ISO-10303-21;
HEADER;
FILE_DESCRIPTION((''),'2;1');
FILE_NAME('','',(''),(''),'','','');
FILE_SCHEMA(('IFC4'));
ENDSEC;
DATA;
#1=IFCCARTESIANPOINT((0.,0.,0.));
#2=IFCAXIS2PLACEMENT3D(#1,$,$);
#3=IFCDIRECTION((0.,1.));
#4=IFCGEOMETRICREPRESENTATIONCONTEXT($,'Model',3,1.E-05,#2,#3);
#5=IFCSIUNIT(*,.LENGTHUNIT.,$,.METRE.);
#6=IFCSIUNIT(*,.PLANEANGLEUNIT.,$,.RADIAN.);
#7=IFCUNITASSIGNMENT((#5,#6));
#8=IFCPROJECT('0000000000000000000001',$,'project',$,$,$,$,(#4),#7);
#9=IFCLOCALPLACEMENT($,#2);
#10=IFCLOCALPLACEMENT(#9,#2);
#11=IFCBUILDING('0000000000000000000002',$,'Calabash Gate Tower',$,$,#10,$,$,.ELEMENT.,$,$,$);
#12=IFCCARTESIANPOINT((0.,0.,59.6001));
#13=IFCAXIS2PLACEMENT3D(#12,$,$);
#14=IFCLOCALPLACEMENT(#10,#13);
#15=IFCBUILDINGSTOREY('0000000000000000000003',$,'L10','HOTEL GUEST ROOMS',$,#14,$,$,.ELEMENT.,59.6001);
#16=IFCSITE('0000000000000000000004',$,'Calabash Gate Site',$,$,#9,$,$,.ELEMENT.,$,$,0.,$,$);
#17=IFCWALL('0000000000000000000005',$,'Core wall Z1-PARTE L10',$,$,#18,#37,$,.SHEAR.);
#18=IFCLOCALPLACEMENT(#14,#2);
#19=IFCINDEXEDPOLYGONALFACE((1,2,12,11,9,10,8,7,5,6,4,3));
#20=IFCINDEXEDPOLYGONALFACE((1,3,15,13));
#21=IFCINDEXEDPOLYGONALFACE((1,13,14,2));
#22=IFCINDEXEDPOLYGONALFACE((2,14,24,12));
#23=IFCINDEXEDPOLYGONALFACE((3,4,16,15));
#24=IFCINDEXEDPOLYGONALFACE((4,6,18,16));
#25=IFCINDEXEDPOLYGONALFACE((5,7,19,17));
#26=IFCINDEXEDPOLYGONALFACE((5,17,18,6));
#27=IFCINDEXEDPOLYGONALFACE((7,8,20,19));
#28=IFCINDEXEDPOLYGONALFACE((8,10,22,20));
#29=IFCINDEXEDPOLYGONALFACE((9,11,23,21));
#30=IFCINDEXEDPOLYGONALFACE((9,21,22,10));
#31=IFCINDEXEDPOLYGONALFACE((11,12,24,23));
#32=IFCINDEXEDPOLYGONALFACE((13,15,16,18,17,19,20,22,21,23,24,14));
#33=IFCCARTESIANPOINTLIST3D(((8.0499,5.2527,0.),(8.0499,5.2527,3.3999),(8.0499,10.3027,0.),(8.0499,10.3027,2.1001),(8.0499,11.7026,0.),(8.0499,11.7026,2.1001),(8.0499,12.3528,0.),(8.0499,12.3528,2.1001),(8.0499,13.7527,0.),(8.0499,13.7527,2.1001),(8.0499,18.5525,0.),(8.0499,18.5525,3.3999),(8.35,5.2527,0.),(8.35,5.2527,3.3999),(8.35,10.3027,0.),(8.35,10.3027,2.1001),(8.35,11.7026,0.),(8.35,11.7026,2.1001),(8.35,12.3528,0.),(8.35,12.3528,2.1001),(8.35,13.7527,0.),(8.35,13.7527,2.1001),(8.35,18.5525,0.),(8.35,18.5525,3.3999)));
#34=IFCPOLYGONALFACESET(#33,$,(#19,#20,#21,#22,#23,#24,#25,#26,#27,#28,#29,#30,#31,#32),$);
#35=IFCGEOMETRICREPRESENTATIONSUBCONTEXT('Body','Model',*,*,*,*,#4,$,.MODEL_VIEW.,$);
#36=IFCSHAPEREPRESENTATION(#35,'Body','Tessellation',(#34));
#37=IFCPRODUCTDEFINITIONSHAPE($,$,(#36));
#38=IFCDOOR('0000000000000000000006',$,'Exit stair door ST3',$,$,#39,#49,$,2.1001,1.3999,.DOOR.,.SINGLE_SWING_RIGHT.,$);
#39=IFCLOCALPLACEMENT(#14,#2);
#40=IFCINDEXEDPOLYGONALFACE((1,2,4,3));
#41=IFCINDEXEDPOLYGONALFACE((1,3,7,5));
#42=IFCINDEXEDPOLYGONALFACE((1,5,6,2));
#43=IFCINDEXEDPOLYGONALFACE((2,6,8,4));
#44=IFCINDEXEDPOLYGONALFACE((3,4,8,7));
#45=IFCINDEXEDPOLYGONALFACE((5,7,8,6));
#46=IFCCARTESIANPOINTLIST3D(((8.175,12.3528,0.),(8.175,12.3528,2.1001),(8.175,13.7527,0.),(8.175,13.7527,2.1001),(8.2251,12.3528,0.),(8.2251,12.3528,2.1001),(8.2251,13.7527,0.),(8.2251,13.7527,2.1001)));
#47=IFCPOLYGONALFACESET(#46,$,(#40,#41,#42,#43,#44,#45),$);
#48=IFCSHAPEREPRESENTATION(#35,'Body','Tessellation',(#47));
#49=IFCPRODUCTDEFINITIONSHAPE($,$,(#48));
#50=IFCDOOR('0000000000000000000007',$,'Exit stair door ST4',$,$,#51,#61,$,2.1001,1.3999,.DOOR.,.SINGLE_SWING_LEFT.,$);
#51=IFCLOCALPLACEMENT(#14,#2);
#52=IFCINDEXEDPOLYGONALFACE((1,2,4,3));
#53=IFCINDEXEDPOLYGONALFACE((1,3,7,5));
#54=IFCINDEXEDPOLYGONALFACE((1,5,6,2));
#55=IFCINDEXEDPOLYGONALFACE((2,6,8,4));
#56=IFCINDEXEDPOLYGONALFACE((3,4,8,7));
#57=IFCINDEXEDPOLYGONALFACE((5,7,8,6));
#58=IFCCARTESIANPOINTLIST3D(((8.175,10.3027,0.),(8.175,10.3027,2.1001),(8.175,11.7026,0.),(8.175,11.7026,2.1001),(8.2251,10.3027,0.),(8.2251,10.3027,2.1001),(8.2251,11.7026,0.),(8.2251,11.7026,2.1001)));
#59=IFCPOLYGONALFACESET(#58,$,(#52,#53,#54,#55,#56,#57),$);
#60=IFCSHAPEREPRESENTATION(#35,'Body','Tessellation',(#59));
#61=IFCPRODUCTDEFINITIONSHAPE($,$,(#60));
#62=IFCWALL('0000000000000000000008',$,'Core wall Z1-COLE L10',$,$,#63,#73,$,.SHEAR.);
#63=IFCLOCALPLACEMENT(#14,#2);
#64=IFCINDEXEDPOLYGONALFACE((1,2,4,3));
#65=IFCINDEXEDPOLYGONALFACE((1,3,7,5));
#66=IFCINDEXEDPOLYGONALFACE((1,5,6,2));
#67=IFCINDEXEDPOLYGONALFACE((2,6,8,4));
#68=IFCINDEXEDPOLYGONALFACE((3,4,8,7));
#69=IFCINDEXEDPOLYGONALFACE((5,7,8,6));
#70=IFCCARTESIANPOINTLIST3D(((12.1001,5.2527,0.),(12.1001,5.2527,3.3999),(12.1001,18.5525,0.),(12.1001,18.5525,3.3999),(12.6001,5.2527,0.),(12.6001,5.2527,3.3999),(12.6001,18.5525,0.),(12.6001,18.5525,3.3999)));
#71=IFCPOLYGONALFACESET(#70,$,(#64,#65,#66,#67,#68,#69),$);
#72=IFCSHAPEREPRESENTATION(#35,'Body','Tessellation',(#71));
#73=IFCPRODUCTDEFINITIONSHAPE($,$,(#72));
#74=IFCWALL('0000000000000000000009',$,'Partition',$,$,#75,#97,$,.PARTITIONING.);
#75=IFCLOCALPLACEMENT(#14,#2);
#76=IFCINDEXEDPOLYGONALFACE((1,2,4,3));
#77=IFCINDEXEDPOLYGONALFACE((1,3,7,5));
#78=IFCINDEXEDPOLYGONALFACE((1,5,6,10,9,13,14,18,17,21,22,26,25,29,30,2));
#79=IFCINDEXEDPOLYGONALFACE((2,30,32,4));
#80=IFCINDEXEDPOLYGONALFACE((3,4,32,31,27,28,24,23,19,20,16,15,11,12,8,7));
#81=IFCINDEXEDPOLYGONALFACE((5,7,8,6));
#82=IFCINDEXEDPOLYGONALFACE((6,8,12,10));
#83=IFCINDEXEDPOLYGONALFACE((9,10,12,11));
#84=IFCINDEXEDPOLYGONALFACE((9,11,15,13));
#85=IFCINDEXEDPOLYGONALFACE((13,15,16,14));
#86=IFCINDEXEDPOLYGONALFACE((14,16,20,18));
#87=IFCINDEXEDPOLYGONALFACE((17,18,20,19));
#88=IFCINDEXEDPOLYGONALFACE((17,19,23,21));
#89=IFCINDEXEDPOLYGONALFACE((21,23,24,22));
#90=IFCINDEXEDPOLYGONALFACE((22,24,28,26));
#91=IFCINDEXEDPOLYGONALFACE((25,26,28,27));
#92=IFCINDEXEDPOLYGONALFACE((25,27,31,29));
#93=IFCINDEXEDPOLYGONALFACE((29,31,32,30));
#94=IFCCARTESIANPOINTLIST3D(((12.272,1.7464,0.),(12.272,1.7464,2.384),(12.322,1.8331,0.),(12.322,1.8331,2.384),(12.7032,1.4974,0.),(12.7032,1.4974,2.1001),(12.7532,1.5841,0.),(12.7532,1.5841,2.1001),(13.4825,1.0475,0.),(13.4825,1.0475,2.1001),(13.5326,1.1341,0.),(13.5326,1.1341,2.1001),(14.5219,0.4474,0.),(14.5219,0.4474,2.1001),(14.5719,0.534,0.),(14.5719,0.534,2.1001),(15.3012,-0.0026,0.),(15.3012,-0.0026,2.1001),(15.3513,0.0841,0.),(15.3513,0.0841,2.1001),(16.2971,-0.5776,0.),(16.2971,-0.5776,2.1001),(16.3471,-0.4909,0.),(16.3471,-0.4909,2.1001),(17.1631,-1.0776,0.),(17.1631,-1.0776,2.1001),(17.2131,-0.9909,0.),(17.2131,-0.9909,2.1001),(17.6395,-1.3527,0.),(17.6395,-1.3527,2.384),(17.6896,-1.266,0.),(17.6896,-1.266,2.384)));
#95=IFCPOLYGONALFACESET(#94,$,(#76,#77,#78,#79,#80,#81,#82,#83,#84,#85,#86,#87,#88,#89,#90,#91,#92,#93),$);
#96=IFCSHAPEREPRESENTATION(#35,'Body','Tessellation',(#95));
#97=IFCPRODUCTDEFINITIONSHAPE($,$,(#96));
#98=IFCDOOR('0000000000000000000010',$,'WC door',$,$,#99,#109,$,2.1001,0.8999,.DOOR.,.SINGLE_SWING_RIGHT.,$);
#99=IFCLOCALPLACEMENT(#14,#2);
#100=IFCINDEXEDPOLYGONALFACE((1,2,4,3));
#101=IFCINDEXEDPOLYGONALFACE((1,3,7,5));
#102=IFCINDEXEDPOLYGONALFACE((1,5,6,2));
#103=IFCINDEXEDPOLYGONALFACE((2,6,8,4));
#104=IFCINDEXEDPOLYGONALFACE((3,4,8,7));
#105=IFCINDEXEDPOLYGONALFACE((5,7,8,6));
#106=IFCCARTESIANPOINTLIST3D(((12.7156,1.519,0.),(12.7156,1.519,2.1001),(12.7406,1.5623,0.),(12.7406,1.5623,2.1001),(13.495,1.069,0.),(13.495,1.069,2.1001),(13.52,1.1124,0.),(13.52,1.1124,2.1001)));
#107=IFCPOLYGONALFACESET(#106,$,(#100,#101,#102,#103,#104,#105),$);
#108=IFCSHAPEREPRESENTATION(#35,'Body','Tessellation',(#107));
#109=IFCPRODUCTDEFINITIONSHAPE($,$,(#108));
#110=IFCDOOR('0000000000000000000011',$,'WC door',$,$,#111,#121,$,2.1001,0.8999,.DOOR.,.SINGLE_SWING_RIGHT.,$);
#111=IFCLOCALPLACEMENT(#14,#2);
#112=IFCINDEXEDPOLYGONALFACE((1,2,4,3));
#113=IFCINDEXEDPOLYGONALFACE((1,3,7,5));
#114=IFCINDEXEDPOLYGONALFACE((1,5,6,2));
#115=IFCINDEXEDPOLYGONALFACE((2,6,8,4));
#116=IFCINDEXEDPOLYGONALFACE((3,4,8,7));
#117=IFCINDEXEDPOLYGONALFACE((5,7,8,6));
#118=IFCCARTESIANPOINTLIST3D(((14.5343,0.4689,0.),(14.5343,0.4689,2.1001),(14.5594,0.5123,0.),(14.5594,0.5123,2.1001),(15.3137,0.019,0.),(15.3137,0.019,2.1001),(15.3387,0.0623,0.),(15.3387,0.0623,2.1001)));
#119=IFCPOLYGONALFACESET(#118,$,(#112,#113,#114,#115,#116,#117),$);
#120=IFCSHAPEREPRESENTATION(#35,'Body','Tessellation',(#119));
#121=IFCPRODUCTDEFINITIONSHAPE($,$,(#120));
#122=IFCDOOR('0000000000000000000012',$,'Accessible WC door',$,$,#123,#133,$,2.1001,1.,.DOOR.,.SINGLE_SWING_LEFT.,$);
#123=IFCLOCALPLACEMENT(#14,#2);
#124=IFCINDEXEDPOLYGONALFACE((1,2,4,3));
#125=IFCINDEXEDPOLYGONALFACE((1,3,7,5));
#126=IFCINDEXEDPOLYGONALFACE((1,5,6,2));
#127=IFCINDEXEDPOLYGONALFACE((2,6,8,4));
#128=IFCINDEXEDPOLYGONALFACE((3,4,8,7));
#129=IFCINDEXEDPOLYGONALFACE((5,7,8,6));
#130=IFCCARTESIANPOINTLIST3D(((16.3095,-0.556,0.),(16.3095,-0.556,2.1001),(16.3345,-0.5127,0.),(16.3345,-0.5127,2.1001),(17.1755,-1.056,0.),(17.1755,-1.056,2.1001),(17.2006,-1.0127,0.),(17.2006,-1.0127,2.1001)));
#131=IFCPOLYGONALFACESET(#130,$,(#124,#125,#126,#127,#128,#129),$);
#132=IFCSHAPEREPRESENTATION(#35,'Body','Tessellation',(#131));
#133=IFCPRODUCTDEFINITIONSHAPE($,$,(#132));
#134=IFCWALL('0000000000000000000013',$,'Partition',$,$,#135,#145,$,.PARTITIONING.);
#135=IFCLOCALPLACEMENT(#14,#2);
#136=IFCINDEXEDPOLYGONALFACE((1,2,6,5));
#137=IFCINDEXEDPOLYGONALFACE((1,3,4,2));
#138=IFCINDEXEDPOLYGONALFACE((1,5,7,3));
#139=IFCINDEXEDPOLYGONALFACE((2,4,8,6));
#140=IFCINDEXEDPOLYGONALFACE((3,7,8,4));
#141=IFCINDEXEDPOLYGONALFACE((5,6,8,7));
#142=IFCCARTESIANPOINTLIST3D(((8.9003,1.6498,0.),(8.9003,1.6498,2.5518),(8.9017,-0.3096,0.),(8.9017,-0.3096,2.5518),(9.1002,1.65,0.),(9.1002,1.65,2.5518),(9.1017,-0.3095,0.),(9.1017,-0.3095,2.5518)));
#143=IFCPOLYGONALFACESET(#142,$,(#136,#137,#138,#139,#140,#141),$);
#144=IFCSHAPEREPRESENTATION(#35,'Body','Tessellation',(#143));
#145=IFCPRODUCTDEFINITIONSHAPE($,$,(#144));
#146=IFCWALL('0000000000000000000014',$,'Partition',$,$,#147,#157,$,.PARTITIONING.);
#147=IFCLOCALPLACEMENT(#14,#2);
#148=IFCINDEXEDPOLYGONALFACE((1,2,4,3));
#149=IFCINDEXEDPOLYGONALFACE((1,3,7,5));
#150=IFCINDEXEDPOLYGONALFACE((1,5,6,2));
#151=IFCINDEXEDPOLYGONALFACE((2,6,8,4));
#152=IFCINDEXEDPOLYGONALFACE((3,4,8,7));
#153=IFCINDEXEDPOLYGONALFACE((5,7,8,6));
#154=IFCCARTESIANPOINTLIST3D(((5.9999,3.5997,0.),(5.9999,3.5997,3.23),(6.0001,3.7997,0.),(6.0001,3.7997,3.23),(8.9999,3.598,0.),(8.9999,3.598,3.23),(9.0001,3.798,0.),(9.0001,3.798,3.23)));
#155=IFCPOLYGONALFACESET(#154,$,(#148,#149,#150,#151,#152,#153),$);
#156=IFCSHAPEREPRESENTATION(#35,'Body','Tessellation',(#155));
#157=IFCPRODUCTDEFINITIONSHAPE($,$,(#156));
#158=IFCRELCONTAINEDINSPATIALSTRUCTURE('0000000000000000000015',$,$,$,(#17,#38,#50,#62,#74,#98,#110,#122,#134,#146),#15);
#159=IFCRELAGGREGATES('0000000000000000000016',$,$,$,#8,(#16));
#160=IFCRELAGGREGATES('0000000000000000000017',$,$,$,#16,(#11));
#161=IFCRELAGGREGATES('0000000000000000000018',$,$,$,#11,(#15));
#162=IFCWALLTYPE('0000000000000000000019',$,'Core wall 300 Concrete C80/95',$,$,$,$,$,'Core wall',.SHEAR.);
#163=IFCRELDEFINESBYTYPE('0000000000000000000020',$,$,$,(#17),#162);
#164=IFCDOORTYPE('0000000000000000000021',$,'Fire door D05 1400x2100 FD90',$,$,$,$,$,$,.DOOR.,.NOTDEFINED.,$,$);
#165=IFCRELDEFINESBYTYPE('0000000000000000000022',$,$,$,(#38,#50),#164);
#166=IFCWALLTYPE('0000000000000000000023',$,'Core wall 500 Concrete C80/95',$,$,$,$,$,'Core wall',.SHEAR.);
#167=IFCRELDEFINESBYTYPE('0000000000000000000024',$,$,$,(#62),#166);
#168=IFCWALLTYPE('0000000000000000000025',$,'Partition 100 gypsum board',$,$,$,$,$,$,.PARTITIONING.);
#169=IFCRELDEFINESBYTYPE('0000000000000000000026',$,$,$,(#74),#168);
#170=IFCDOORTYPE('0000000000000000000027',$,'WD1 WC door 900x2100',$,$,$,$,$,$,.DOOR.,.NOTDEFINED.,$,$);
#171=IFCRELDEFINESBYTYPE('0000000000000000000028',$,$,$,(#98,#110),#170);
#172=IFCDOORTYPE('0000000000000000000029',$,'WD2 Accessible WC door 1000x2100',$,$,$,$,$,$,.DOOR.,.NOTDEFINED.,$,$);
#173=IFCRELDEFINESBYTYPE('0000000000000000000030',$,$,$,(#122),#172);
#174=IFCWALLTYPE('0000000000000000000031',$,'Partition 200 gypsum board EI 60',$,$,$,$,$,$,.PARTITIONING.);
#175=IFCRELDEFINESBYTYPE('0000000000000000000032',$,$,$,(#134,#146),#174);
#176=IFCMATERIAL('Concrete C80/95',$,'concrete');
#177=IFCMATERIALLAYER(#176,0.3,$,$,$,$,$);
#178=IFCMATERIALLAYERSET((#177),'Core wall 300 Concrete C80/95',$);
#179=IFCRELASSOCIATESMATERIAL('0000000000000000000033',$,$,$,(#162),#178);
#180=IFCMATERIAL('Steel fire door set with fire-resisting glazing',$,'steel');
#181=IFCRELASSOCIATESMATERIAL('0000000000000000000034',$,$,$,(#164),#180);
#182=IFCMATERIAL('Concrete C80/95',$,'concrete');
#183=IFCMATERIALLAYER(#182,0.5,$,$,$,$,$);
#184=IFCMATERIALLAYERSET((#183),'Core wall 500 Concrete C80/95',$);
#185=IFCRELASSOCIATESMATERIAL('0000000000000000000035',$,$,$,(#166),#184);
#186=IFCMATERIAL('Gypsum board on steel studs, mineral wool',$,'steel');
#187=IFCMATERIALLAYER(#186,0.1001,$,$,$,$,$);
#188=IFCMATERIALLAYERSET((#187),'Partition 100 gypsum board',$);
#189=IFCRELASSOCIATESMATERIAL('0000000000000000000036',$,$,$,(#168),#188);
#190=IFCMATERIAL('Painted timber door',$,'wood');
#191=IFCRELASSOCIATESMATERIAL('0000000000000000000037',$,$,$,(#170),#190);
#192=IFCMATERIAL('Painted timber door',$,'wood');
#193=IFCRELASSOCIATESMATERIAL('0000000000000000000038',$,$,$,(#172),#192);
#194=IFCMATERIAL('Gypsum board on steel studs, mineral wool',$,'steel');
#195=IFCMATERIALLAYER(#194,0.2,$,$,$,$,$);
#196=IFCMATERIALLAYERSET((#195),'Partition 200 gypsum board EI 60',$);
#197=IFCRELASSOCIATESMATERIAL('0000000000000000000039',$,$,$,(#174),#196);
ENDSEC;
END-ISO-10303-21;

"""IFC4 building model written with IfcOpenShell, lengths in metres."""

from ifc_helpers import new_model, si_unit, direction, frame, frame_2d, origin, place, context, subcontext, project, spatial, rectangle, extrude, material, layer, layer_set, type_object, element, fill, save


model = new_model("IFC4")

# Units and contexts
model_context = context("Model", 3, precision=1e-05, world=origin(), true_north=direction((0.0, 1.0)))
body_context = subcontext(model_context, "Body", "Model", "MODEL_VIEW")
ifc_project = project(units=[si_unit("LENGTHUNIT", "METRE"), si_unit("PLANEANGLEUNIT", "RADIAN")], contexts=[model_context])

# Site, building, storey
site_placement = place(None, origin())
site = spatial("IfcSite", under=ifc_project, at=site_placement, Name="Calabash Gate Site", CompositionType="ELEMENT", RefElevation=0.0)
building_placement = place(site_placement, origin())
building = spatial("IfcBuilding", under=site, at=building_placement, Name="Calabash Gate Tower", CompositionType="ELEMENT")
storey_placement = place(building_placement, frame((0.0, 0.0, 59.6001)))
storey = spatial("IfcBuildingStorey", under=building, at=storey_placement, Name="L10", Description="HOTEL GUEST ROOMS", CompositionType="ELEMENT", Elevation=59.6001)

# Wall, openings, doors
ifc_material_1 = material(Name="Concrete C80/95", Category="concrete")
ifc_layer_1 = layer(ifc_material_1, 0.3)
ifc_layer_set_1 = layer_set([ifc_layer_1], Name="Core wall 300 Concrete C80/95")
wall_type_1 = type_object("IfcWallType", Name="Core wall 300 Concrete C80/95", ElementType="Core wall", PredefinedType="SHEAR", material=ifc_layer_set_1)
wall_1_placement = place(storey_placement, frame((8.2, 5.2527, 0.0), z_axis=(0.0, 0.0, 1.0), x_axis=(0.0, 1.0, 0.0)))
wall_1 = element("IfcWall", 1, at=wall_1_placement, inside=storey, type_object=wall_type_1, Name="Core wall Z1-PARTE L10", PredefinedType="SHEAR", context=body_context, shape_type="SweptSolid", body=[
    extrude(rectangle(XDim=13.2998, YDim=0.3, at=frame_2d((6.6499, 0.0))), origin(), (0.0, 0.0, 1.0), 3.3999),
])
opening_1_placement = place(wall_1_placement, frame((7.1001, 0.0, 0.0)))
opening_1 = element("IfcOpeningElement", 2, at=opening_1_placement, cuts=wall_1, PredefinedType="OPENING", context=body_context, shape_type="SweptSolid", body=[
    extrude(rectangle(XDim=1.3999, YDim=2.1001, at=frame_2d((0.7, 1.05))), frame((0.0, 0.1599, 0.0), z_axis=(0.0, -1.0, 0.0), x_axis=(1.0, 0.0, 0.0)), (0.0, 0.0, 1.0), 0.3201),
])
opening_2_placement = place(wall_1_placement, frame((5.05, 0.0, 0.0)))
opening_2 = element("IfcOpeningElement", 3, at=opening_2_placement, cuts=wall_1, PredefinedType="OPENING", context=body_context, shape_type="SweptSolid", body=[
    extrude(rectangle(XDim=1.3999, YDim=2.1001, at=frame_2d((0.7, 1.05))), frame((0.0, 0.1599, 0.0), z_axis=(0.0, -1.0, 0.0), x_axis=(1.0, 0.0, 0.0)), (0.0, 0.0, 1.0), 0.3201),
])
ifc_material_2 = material(Name="Steel fire door set with fire-resisting glazing", Category="steel")
door_type_1 = type_object("IfcDoorType", Name="Fire door D05 1400x2100 FD90", OperationType="NOTDEFINED", PredefinedType="DOOR", material=ifc_material_2)
door_1_placement = place(opening_1_placement, origin())
door_1 = element("IfcDoor", 4, at=door_1_placement, inside=storey, type_object=door_type_1, Name="Exit stair door ST3", OperationType="SINGLE_SWING_RIGHT", OverallHeight=2.1001, OverallWidth=1.3999, PredefinedType="DOOR", context=body_context, shape_type="SweptSolid", body=[
    extrude(rectangle(XDim=1.3999, YDim=2.1001, at=frame_2d((0.7, 1.05))), frame((0.0, 0.0249, 0.0), z_axis=(0.0, -1.0, 0.0), x_axis=(1.0, 0.0, 0.0)), (0.0, 0.0, 1.0), 0.05),
])
fill(opening_1, door_1)
door_2_placement = place(opening_2_placement, origin())
door_2 = element("IfcDoor", 5, at=door_2_placement, inside=storey, type_object=door_type_1, Name="Exit stair door ST4", OperationType="SINGLE_SWING_LEFT", OverallHeight=2.1001, OverallWidth=1.3999, PredefinedType="DOOR", context=body_context, shape_type="SweptSolid", body=[
    extrude(rectangle(XDim=1.3999, YDim=2.1001, at=frame_2d((0.7, 1.05))), frame((0.0, 0.0249, 0.0), z_axis=(0.0, -1.0, 0.0), x_axis=(1.0, 0.0, 0.0)), (0.0, 0.0, 1.0), 0.05),
])
fill(opening_2, door_2)

# Wall
ifc_material_3 = material(Name="Concrete C80/95", Category="concrete")
ifc_layer_2 = layer(ifc_material_3, 0.5)
ifc_layer_set_2 = layer_set([ifc_layer_2], Name="Core wall 500 Concrete C80/95")
wall_type_2 = type_object("IfcWallType", Name="Core wall 500 Concrete C80/95", ElementType="Core wall", PredefinedType="SHEAR", material=ifc_layer_set_2)
wall_2_placement = place(storey_placement, frame((12.3501, 5.2527, 0.0), z_axis=(0.0, 0.0, 1.0), x_axis=(0.0, 1.0, 0.0)))
element("IfcWall", 6, at=wall_2_placement, inside=storey, type_object=wall_type_2, Name="Core wall Z1-COLE L10", PredefinedType="SHEAR", context=body_context, shape_type="SweptSolid", body=[
    extrude(rectangle(XDim=13.2998, YDim=0.5, at=frame_2d((6.6499, 0.0))), origin(), (0.0, 0.0, 1.0), 3.3999),
])

# Wall, openings, doors
ifc_material_4 = material(Name="Gypsum board on steel studs, mineral wool", Category="steel")
ifc_layer_3 = layer(ifc_material_4, 0.1001)
ifc_layer_set_3 = layer_set([ifc_layer_3], Name="Partition 100 gypsum board")
wall_type_3 = type_object("IfcWallType", Name="Partition 100 gypsum board", PredefinedType="PARTITIONING", material=ifc_layer_set_3)
wall_3_placement = place(storey_placement, frame((12.2969, 1.7898, 0.0), z_axis=(0.0, 0.0, 1.0), x_axis=(0.866019, -0.500011, 0.0)))
wall_3 = element("IfcWall", 7, at=wall_3_placement, inside=storey, type_object=wall_type_3, Name="Partition", PredefinedType="PARTITIONING", context=body_context, shape_type="SweptSolid", body=[
    extrude(rectangle(XDim=6.198, YDim=0.1001, at=frame_2d((3.0991, 0.0))), origin(), (0.0, 0.0, 1.0), 2.384),
])
opening_3_placement = place(wall_3_placement, frame((0.498, 0.0, 0.0)))
opening_3 = element("IfcOpeningElement", 8, at=opening_3_placement, cuts=wall_3, PredefinedType="OPENING", context=body_context, shape_type="SweptSolid", body=[
    extrude(rectangle(XDim=0.8999, YDim=2.1001, at=frame_2d((0.45, 1.05))), frame((0.0, 0.0601, 0.0), z_axis=(0.0, -1.0, 0.0), x_axis=(1.0, 0.0, 0.0)), (0.0, 0.0, 1.0), 0.1201),
])
opening_4_placement = place(wall_3_placement, frame((2.5981, 0.0, 0.0)))
opening_4 = element("IfcOpeningElement", 9, at=opening_4_placement, cuts=wall_3, PredefinedType="OPENING", context=body_context, shape_type="SweptSolid", body=[
    extrude(rectangle(XDim=0.8999, YDim=2.1001, at=frame_2d((0.45, 1.05))), frame((0.0, 0.0601, 0.0), z_axis=(0.0, -1.0, 0.0), x_axis=(1.0, 0.0, 0.0)), (0.0, 0.0, 1.0), 0.1201),
])
opening_5_placement = place(wall_3_placement, frame((4.6479, 0.0, 0.0)))
opening_5 = element("IfcOpeningElement", 10, at=opening_5_placement, cuts=wall_3, PredefinedType="OPENING", context=body_context, shape_type="SweptSolid", body=[
    extrude(rectangle(XDim=1.0, YDim=2.1001, at=frame_2d((0.5, 1.05))), frame((0.0, 0.0601, 0.0), z_axis=(0.0, -1.0, 0.0), x_axis=(1.0, 0.0, 0.0)), (0.0, 0.0, 1.0), 0.1201),
])
ifc_material_5 = material(Name="Painted timber door", Category="wood")
door_type_2 = type_object("IfcDoorType", Name="WD1 WC door 900x2100", OperationType="NOTDEFINED", PredefinedType="DOOR", material=ifc_material_5)
door_3_placement = place(opening_3_placement, origin())
door_3 = element("IfcDoor", 11, at=door_3_placement, inside=storey, type_object=door_type_2, Name="WC door", OperationType="SINGLE_SWING_RIGHT", OverallHeight=2.1001, OverallWidth=0.8999, PredefinedType="DOOR", context=body_context, shape_type="SweptSolid", body=[
    extrude(rectangle(XDim=0.8999, YDim=2.1001, at=frame_2d((0.45, 1.05))), frame((0.0, 0.0249, 0.0), z_axis=(0.0, -1.0, 0.0), x_axis=(1.0, 0.0, 0.0)), (0.0, 0.0, 1.0), 0.05),
])
fill(opening_3, door_3)
door_4_placement = place(opening_4_placement, origin())
door_4 = element("IfcDoor", 12, at=door_4_placement, inside=storey, type_object=door_type_2, Name="WC door", OperationType="SINGLE_SWING_RIGHT", OverallHeight=2.1001, OverallWidth=0.8999, PredefinedType="DOOR", context=body_context, shape_type="SweptSolid", body=[
    extrude(rectangle(XDim=0.8999, YDim=2.1001, at=frame_2d((0.45, 1.05))), frame((0.0, 0.0249, 0.0), z_axis=(0.0, -1.0, 0.0), x_axis=(1.0, 0.0, 0.0)), (0.0, 0.0, 1.0), 0.05),
])
fill(opening_4, door_4)
ifc_material_6 = material(Name="Painted timber door", Category="wood")
door_type_3 = type_object("IfcDoorType", Name="WD2 Accessible WC door 1000x2100", OperationType="NOTDEFINED", PredefinedType="DOOR", material=ifc_material_6)
door_5_placement = place(opening_5_placement, origin())
door_5 = element("IfcDoor", 13, at=door_5_placement, inside=storey, type_object=door_type_3, Name="Accessible WC door", OperationType="SINGLE_SWING_LEFT", OverallHeight=2.1001, OverallWidth=1.0, PredefinedType="DOOR", context=body_context, shape_type="SweptSolid", body=[
    extrude(rectangle(XDim=1.0, YDim=2.1001, at=frame_2d((0.5, 1.05))), frame((0.0, 0.0249, 0.0), z_axis=(0.0, -1.0, 0.0), x_axis=(1.0, 0.0, 0.0)), (0.0, 0.0, 1.0), 0.05),
])
fill(opening_5, door_5)

# Walls
ifc_material_7 = material(Name="Gypsum board on steel studs, mineral wool", Category="steel")
ifc_layer_4 = layer(ifc_material_7, 0.2)
ifc_layer_set_4 = layer_set([ifc_layer_4], Name="Partition 200 gypsum board EI 60")
wall_type_4 = type_object("IfcWallType", Name="Partition 200 gypsum board EI 60", PredefinedType="PARTITIONING", material=ifc_layer_set_4)
wall_4_placement = place(storey_placement, frame((9.0002, 1.6499, 0.0), z_axis=(0.0, 0.0, 1.0), x_axis=(0.000748, -1.0, 0.0)))
element("IfcWall", 14, at=wall_4_placement, inside=storey, type_object=wall_type_4, Name="Partition", PredefinedType="PARTITIONING", context=body_context, shape_type="SweptSolid", body=[
    extrude(rectangle(XDim=1.9595, YDim=0.2, at=frame_2d((0.9797, 0.0))), origin(), (0.0, 0.0, 1.0), 2.5518),
])
wall_5_placement = place(storey_placement, frame((6.0, 3.6997, 0.0), z_axis=(0.0, 0.0, 1.0), x_axis=(1.0, -0.00057, 0.0)))
element("IfcWall", 15, at=wall_5_placement, inside=storey, type_object=wall_type_4, Name="Partition", PredefinedType="PARTITIONING", context=body_context, shape_type="SweptSolid", body=[
    extrude(rectangle(XDim=3.0, YDim=0.2, at=frame_2d((1.5, 0.0))), origin(), (0.0, 0.0, 1.0), 3.23),
])

save(model, "model.ifc")
